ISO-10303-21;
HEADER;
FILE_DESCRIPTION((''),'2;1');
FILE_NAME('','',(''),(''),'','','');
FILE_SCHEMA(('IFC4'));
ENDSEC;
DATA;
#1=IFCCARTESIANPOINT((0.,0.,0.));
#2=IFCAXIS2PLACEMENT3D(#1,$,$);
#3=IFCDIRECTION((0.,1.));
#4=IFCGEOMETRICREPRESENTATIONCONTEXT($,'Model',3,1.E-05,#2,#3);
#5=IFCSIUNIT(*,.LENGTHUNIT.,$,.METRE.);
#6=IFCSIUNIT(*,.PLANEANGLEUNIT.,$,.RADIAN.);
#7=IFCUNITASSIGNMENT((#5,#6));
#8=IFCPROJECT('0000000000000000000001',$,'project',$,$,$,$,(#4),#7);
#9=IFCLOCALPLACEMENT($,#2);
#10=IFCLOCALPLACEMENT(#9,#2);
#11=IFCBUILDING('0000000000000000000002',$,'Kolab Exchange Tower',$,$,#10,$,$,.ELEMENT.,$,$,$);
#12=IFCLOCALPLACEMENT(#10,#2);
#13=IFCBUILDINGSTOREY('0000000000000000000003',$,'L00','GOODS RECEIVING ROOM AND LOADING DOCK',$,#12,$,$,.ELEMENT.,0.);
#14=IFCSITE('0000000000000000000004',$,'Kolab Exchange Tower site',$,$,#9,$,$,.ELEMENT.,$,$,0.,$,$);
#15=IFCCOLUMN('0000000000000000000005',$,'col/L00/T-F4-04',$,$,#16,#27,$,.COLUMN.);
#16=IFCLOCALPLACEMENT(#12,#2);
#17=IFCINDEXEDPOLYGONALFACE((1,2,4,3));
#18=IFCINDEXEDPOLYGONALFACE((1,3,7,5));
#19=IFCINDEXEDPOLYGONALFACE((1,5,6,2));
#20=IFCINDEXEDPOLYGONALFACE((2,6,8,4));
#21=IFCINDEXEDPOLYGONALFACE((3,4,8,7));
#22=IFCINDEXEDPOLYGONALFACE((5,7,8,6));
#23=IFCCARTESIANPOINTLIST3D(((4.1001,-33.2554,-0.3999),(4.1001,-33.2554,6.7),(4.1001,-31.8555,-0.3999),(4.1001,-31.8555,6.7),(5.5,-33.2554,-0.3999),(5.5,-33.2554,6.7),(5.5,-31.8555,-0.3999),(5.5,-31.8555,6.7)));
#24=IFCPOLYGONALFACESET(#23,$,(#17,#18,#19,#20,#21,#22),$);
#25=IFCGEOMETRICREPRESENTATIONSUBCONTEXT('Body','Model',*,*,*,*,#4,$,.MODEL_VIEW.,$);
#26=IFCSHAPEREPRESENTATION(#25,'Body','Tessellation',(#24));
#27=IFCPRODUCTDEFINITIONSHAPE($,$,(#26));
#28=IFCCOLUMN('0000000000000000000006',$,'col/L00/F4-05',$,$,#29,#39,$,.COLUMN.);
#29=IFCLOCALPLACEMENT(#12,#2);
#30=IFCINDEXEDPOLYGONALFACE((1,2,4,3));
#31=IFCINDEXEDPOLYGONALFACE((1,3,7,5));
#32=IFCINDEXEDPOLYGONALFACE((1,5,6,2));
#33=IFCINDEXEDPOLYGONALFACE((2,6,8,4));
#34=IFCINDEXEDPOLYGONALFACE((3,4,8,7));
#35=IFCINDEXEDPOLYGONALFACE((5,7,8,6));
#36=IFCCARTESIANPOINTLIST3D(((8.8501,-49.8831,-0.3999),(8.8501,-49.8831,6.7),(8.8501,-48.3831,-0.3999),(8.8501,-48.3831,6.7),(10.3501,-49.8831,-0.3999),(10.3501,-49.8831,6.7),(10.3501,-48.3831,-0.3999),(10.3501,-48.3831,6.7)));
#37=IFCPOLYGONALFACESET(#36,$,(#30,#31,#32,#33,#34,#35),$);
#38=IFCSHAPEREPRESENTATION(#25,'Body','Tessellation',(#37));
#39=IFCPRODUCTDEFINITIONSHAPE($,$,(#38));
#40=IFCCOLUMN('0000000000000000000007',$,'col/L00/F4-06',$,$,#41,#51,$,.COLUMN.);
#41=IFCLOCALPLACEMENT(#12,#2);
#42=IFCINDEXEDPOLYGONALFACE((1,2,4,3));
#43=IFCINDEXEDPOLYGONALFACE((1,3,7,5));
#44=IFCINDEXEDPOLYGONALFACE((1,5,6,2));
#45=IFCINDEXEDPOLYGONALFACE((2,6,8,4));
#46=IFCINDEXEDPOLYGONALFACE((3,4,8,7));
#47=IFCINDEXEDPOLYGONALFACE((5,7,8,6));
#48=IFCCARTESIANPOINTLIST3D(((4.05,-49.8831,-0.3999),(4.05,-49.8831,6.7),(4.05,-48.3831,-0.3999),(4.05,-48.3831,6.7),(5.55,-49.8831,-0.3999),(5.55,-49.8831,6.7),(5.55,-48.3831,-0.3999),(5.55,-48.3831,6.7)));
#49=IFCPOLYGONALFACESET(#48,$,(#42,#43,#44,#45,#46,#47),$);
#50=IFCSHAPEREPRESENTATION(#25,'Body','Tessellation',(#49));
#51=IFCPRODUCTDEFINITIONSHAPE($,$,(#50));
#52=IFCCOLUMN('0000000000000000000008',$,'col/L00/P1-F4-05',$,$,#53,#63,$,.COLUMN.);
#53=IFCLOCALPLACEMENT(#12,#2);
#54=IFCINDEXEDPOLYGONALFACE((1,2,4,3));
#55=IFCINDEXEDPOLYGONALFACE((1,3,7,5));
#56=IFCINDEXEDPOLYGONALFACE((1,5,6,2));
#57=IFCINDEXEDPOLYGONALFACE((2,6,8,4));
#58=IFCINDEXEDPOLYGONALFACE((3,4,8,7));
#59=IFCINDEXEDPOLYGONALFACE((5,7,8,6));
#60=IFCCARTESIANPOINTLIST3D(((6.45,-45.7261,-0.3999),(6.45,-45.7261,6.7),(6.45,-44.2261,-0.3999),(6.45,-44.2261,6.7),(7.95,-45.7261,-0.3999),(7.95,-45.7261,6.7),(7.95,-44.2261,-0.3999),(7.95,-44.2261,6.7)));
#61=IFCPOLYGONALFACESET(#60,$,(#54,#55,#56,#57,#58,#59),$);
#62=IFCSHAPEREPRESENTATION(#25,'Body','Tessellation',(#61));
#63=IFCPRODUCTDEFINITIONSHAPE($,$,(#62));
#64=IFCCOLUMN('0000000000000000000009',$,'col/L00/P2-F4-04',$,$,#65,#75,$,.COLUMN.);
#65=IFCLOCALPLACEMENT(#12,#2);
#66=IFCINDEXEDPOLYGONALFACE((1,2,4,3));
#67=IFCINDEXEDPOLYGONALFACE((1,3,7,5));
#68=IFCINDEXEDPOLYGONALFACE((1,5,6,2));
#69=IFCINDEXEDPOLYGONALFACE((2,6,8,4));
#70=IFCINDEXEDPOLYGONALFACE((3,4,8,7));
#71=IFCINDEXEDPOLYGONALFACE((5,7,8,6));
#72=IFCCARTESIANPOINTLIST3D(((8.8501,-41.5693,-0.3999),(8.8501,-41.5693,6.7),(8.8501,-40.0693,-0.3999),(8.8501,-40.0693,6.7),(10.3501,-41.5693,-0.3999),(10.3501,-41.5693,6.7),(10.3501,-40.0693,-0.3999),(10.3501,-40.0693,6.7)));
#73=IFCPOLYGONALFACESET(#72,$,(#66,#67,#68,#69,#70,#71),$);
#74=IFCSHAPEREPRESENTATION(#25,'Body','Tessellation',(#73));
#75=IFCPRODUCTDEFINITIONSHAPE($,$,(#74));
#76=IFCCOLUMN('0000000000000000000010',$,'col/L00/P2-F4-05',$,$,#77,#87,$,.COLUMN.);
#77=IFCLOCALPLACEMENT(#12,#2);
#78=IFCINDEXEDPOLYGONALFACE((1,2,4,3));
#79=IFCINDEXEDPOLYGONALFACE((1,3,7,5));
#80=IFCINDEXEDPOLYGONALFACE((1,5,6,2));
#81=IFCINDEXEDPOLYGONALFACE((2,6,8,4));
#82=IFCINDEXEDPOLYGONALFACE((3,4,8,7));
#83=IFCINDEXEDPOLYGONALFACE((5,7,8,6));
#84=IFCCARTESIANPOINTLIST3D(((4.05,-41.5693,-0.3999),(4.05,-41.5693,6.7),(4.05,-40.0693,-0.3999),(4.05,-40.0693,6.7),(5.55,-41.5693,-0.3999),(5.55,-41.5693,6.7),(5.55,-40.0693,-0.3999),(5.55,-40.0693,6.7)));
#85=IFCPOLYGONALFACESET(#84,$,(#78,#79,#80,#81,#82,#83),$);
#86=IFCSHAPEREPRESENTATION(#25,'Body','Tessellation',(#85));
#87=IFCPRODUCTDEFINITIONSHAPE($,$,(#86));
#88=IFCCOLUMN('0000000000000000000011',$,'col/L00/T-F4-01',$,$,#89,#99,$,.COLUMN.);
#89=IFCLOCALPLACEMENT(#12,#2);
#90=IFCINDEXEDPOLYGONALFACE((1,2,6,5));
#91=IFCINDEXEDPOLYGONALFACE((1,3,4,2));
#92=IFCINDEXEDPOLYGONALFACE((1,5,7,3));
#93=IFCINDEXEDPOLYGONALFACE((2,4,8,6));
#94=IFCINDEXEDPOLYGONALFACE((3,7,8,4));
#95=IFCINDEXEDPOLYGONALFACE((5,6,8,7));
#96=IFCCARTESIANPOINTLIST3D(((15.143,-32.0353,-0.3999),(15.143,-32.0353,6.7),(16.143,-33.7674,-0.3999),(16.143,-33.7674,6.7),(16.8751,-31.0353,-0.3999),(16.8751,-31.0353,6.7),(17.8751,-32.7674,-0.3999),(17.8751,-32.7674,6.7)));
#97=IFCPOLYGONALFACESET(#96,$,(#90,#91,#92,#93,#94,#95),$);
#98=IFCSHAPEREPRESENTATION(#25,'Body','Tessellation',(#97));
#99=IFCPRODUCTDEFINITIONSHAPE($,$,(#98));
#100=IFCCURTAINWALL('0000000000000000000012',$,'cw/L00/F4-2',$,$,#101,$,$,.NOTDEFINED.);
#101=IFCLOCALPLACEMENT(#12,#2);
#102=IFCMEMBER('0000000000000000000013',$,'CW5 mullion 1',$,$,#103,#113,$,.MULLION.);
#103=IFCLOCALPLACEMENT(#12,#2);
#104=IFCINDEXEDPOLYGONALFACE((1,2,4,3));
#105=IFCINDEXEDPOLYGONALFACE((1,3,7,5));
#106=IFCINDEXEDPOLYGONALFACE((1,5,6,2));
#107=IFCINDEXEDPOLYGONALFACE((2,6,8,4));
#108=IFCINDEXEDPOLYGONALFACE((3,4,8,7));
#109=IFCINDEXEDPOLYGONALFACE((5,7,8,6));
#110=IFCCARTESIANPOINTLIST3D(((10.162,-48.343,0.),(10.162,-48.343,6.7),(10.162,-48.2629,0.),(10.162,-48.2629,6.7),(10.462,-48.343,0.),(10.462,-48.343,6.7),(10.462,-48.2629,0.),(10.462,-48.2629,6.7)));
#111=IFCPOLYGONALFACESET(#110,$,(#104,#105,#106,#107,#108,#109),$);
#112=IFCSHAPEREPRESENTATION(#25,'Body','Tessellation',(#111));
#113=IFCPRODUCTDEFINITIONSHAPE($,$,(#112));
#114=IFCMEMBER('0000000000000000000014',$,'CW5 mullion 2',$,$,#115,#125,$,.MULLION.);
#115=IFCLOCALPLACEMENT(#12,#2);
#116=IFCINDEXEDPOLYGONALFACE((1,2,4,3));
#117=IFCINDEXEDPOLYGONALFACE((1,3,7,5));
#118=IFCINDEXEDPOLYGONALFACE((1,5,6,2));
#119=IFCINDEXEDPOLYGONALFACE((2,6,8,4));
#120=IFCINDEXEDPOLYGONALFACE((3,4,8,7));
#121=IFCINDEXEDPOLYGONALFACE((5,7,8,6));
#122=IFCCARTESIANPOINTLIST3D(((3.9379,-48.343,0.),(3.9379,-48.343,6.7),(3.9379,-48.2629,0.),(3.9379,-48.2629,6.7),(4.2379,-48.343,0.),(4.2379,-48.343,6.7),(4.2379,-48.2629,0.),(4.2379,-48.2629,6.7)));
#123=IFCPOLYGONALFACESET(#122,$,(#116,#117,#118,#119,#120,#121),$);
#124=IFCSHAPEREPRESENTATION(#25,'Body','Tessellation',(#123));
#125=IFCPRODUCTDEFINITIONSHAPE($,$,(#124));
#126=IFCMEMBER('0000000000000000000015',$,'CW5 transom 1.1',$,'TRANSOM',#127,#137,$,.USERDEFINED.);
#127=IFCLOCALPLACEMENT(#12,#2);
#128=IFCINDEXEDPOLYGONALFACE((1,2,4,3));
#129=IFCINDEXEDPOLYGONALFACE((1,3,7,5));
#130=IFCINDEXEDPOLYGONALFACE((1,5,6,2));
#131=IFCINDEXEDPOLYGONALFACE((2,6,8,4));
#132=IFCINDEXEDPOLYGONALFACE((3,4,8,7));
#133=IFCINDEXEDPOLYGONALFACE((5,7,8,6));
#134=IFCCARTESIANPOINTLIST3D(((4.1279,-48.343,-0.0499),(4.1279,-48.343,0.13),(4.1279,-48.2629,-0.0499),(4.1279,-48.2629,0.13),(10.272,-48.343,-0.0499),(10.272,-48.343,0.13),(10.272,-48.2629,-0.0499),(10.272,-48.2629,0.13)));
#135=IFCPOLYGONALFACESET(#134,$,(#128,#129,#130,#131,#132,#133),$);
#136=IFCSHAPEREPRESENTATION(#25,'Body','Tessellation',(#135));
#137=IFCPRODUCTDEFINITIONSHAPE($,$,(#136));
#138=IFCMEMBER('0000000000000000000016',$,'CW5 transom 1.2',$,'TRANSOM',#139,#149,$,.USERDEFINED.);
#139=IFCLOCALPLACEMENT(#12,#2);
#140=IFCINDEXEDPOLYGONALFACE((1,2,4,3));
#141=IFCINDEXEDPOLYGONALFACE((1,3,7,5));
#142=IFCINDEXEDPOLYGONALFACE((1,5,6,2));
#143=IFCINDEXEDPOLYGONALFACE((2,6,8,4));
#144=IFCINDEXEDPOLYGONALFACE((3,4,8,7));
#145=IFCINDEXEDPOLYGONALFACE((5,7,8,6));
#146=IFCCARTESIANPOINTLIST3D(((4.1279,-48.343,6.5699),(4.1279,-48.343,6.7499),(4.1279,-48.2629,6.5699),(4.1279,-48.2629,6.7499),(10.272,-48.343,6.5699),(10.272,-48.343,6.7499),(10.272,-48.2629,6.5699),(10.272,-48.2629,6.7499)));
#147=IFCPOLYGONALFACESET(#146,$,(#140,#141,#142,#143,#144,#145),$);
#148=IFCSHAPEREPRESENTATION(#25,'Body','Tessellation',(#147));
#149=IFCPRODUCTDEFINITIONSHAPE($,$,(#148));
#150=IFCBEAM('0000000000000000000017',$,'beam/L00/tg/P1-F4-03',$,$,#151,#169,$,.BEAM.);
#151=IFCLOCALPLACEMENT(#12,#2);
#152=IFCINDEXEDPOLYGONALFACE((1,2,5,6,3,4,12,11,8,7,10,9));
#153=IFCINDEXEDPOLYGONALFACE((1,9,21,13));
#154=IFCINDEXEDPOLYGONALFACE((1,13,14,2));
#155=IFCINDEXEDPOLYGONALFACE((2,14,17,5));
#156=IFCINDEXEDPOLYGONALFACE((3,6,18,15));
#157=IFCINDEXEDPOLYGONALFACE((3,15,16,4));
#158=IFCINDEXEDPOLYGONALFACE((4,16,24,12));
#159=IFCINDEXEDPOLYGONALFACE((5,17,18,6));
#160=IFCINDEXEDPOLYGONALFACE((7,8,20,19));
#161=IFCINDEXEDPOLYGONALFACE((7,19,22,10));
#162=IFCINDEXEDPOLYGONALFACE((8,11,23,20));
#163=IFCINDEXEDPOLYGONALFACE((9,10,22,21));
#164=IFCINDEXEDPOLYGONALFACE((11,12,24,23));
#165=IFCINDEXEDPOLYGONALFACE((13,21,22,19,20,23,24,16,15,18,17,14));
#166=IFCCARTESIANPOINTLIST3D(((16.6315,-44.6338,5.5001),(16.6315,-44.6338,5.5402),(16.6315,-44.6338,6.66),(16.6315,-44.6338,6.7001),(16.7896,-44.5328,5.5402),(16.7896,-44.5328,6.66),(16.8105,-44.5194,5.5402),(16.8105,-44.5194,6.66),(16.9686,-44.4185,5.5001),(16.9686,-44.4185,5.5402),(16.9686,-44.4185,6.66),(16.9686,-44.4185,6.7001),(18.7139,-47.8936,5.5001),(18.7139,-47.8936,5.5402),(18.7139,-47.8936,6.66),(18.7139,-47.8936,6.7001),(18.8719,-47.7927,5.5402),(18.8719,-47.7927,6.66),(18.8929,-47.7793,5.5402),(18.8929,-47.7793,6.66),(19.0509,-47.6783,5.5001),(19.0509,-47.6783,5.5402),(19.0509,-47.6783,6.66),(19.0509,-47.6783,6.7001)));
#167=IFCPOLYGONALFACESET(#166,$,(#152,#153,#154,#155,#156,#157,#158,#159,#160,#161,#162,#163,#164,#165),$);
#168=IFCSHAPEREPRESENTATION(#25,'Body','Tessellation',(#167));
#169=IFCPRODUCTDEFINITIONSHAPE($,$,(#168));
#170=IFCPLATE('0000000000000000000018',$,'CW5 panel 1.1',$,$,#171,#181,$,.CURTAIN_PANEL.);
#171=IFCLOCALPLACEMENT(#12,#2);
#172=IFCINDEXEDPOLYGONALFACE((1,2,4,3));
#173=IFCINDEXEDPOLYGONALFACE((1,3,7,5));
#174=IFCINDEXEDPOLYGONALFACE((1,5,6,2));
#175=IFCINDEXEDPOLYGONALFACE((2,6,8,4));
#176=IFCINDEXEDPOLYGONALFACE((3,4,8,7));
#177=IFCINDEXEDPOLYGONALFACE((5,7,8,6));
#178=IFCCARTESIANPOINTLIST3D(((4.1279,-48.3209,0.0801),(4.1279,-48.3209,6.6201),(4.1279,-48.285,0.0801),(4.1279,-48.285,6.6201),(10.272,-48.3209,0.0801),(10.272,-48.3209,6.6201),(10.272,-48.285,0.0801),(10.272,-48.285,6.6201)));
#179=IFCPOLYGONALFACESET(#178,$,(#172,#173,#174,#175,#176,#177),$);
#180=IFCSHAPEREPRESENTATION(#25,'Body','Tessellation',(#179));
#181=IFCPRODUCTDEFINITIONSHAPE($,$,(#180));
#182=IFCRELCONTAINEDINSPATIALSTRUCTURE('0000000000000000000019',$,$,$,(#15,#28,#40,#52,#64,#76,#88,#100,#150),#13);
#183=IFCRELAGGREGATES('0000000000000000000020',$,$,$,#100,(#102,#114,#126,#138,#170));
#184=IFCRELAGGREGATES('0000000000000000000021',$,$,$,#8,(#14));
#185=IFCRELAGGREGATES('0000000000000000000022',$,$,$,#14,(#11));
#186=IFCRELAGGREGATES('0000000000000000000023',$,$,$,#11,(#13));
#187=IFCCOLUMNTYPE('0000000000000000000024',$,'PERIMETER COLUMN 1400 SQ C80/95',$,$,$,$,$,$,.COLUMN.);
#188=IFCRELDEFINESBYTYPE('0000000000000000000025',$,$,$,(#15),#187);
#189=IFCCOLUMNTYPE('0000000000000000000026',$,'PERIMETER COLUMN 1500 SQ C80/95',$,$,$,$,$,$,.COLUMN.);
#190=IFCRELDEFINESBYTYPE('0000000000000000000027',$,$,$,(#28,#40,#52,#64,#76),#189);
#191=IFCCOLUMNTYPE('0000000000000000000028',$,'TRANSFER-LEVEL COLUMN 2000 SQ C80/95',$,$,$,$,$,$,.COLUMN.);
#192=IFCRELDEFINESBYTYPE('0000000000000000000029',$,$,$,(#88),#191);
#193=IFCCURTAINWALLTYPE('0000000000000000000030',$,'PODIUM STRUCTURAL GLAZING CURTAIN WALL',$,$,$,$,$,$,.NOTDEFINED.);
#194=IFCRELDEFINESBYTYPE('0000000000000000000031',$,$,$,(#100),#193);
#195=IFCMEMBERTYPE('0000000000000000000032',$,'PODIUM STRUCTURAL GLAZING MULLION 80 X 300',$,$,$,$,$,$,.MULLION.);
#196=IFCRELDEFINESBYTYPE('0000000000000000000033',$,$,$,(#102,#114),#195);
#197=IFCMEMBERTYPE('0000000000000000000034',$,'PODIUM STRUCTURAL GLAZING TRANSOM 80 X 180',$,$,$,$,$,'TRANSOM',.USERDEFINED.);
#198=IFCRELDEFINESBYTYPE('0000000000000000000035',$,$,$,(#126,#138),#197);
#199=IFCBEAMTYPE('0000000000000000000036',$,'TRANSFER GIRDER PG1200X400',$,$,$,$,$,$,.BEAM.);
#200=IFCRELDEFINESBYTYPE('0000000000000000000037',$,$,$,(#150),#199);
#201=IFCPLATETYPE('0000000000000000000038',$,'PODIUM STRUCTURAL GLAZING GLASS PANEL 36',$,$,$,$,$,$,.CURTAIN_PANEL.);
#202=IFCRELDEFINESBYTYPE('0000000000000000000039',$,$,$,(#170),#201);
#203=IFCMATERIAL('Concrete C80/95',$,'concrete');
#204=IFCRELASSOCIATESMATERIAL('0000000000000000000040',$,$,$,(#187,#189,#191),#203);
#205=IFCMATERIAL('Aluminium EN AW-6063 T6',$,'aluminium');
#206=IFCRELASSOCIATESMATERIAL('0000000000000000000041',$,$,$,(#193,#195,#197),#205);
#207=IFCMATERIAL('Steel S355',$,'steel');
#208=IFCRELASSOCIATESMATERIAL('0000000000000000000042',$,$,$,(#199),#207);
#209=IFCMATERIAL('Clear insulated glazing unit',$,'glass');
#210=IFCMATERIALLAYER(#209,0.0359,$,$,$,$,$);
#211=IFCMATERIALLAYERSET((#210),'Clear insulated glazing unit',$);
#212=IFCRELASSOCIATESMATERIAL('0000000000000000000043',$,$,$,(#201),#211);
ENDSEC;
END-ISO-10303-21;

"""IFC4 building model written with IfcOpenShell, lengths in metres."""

from ifc_helpers import new_model, si_unit, direction, frame, origin, origin_2d, place, context, subcontext, project, spatial, rectangle, i_section, extrude, material, layer, layer_set, material_profile, profile_set, type_object, element, aggregate, save


model = new_model("IFC4")

# Units and contexts
model_context = context("Model", 3, precision=1e-05, world=origin(), true_north=direction((0.0, 1.0)))
body_context = subcontext(model_context, "Body", "Model", "MODEL_VIEW")
ifc_project = project(units=[si_unit("LENGTHUNIT", "METRE"), si_unit("PLANEANGLEUNIT", "RADIAN")], contexts=[model_context])

# Site, building, storey
site_placement = place(None, origin())
site = spatial("IfcSite", under=ifc_project, at=site_placement, Name="Kolab Exchange Tower site", CompositionType="ELEMENT", RefElevation=0.0)
building_placement = place(site_placement, origin())
building = spatial("IfcBuilding", under=site, at=building_placement, Name="Kolab Exchange Tower", CompositionType="ELEMENT")
storey_placement = place(building_placement, origin())
storey = spatial("IfcBuildingStorey", under=building, at=storey_placement, Name="L00", Description="GOODS RECEIVING ROOM AND LOADING DOCK", CompositionType="ELEMENT", Elevation=0.0)

# Columns
ifc_material_1 = material(Name="Concrete C80/95", Category="concrete")
ifc_material_profile_1 = material_profile(ifc_material_1, rectangle(XDim=1.3999, YDim=1.3999, at=origin_2d()), Name="RC1400")
ifc_profile_set_1 = profile_set([ifc_material_profile_1], Name="Concrete C80/95")
column_type_1 = type_object("IfcColumnType", Name="PERIMETER COLUMN 1400 SQ C80/95", PredefinedType="COLUMN", material=ifc_profile_set_1)
for number, where, z_axis, x_axis, name in (
    (1, (4.8, -32.5554, -0.3999), (0.0, 0.0, 1.0), (1.0, 0.0, 0.0), "col/L00/T-F4-04"),
):
    element("IfcColumn", number, at=place(storey_placement, frame(where, z_axis=z_axis, x_axis=x_axis)), inside=storey, type_object=column_type_1, Name=name, PredefinedType="COLUMN", context=body_context, shape_type="SweptSolid", body=[
        extrude(rectangle(XDim=1.3999, YDim=1.3999, at=origin_2d()), origin(), (0.0, 0.0, 1.0), 7.0999),
    ])
ifc_material_profile_2 = material_profile(ifc_material_1, rectangle(XDim=1.5, YDim=1.5, at=origin_2d()), Name="RC1500")
ifc_profile_set_2 = profile_set([ifc_material_profile_2], Name="Concrete C80/95")
column_type_2 = type_object("IfcColumnType", Name="PERIMETER COLUMN 1500 SQ C80/95", PredefinedType="COLUMN", material=ifc_profile_set_2)
for number, where, z_axis, x_axis, name in (
    (2, (9.6001, -49.1331, -0.3999), (0.0, 0.0, 1.0), (1.0, 0.0, 0.0), "col/L00/F4-05"),
    (3, (4.8, -49.1331, -0.3999), (0.0, 0.0, 1.0), (1.0, 0.0, 0.0), "col/L00/F4-06"),
    (4, (7.2, -44.9761, -0.3999), (0.0, 0.0, 1.0), (1.0, 0.0, 0.0), "col/L00/P1-F4-05"),
    (5, (9.6001, -40.8193, -0.3999), (0.0, 0.0, 1.0), (1.0, 0.0, 0.0), "col/L00/P2-F4-04"),
    (6, (4.8, -40.8193, -0.3999), (0.0, 0.0, 1.0), (1.0, 0.0, 0.0), "col/L00/P2-F4-05"),
):
    element("IfcColumn", number, at=place(storey_placement, frame(where, z_axis=z_axis, x_axis=x_axis)), inside=storey, type_object=column_type_2, Name=name, PredefinedType="COLUMN", context=body_context, shape_type="SweptSolid", body=[
        extrude(rectangle(XDim=1.5, YDim=1.5, at=origin_2d()), origin(), (0.0, 0.0, 1.0), 7.0999),
    ])
ifc_material_profile_3 = material_profile(ifc_material_1, rectangle(XDim=2.0, YDim=2.0, at=origin_2d()), Name="RC2000")
ifc_profile_set_3 = profile_set([ifc_material_profile_3], Name="Concrete C80/95")
column_type_3 = type_object("IfcColumnType", Name="TRANSFER-LEVEL COLUMN 2000 SQ C80/95", PredefinedType="COLUMN", material=ifc_profile_set_3)
column_placement = place(storey_placement, frame((16.509, -32.4014, -0.3999), z_axis=(0.0, 0.0, 1.0), x_axis=(0.866025, 0.5, 0.0)))
element("IfcColumn", 7, at=column_placement, inside=storey, type_object=column_type_3, Name="col/L00/T-F4-01", PredefinedType="COLUMN", context=body_context, shape_type="SweptSolid", body=[
    extrude(rectangle(XDim=2.0, YDim=2.0, at=origin_2d()), origin(), (0.0, 0.0, 1.0), 7.0999),
])

# Curtain wall, members
ifc_material_2 = material(Name="Aluminium EN AW-6063 T6", Category="aluminium")
curtain_wall_type = type_object("IfcCurtainWallType", Name="PODIUM STRUCTURAL GLAZING CURTAIN WALL", PredefinedType="NOTDEFINED", material=ifc_material_2)
curtain_wall_placement = place(storey_placement, origin())
curtain_wall = element("IfcCurtainWall", 8, at=curtain_wall_placement, inside=storey, type_object=curtain_wall_type, Name="cw/L00/F4-2", PredefinedType="NOTDEFINED")
ifc_material_profile_4 = material_profile(ifc_material_2, rectangle(XDim=0.0801, YDim=0.3, at=origin_2d()), Name="RECT 80X300")
ifc_profile_set_4 = profile_set([ifc_material_profile_4], Name="Aluminium EN AW-6063 T6")
member_type_1 = type_object("IfcMemberType", Name="PODIUM STRUCTURAL GLAZING MULLION 80 X 300", PredefinedType="MULLION", material=ifc_profile_set_4)
member_1_placement = place(storey_placement, frame((10.312, -48.303, 0.0), z_axis=(0.0, 0.0, 1.0), x_axis=(0.0, -1.0, 0.0)))
member_1 = element("IfcMember", 9, at=member_1_placement, type_object=member_type_1, Name="CW5 mullion 1", PredefinedType="MULLION", context=body_context, shape_type="SweptSolid", body=[
    extrude(rectangle(XDim=0.0801, YDim=0.3, at=origin_2d()), origin(), (0.0, 0.0, 1.0), 6.7),
])
member_2_placement = place(storey_placement, frame((4.0879, -48.303, 0.0), z_axis=(0.0, 0.0, 1.0), x_axis=(0.0, -1.0, 0.0)))
member_2 = element("IfcMember", 10, at=member_2_placement, type_object=member_type_1, Name="CW5 mullion 2", PredefinedType="MULLION", context=body_context, shape_type="SweptSolid", body=[
    extrude(rectangle(XDim=0.0801, YDim=0.3, at=origin_2d()), origin(), (0.0, 0.0, 1.0), 6.7),
])
ifc_material_profile_5 = material_profile(ifc_material_2, rectangle(XDim=0.0801, YDim=0.1799, at=origin_2d()), Name="RECT 80X180")
ifc_profile_set_5 = profile_set([ifc_material_profile_5], Name="Aluminium EN AW-6063 T6")
member_type_2 = type_object("IfcMemberType", Name="PODIUM STRUCTURAL GLAZING TRANSOM 80 X 180", ElementType="TRANSOM", PredefinedType="USERDEFINED", material=ifc_profile_set_5)
member_3_placement = place(storey_placement, frame((10.272, -48.303, 0.04), z_axis=(-1.0, 0.0, 0.0), x_axis=(0.0, -1.0, 0.0)))
member_3 = element("IfcMember", 11, at=member_3_placement, type_object=member_type_2, Name="CW5 transom 1.1", ObjectType="TRANSOM", PredefinedType="USERDEFINED", context=body_context, shape_type="SweptSolid", body=[
    extrude(rectangle(XDim=0.0801, YDim=0.1799, at=origin_2d()), origin(), (0.0, 0.0, 1.0), 6.144),
])
member_4_placement = place(storey_placement, frame((10.272, -48.303, 6.6599), z_axis=(-1.0, 0.0, 0.0), x_axis=(0.0, -1.0, 0.0)))
member_4 = element("IfcMember", 12, at=member_4_placement, type_object=member_type_2, Name="CW5 transom 1.2", ObjectType="TRANSOM", PredefinedType="USERDEFINED", context=body_context, shape_type="SweptSolid", body=[
    extrude(rectangle(XDim=0.0801, YDim=0.1799, at=origin_2d()), origin(), (0.0, 0.0, 1.0), 6.144),
])

# Beam
ifc_material_3 = material(Name="Steel S355", Category="steel")
ifc_material_profile_6 = material_profile(ifc_material_3, i_section(OverallWidth=0.3999, OverallDepth=1.2, WebThickness=0.0249, FlangeThickness=0.04, at=origin_2d()), Name="PG1200X400")
ifc_profile_set_6 = profile_set([ifc_material_profile_6], Name="Steel S355")
beam_type = type_object("IfcBeamType", Name="TRANSFER GIRDER PG1200X400", PredefinedType="BEAM", material=ifc_profile_set_6)
beam_placement = place(storey_placement, frame((16.8, -44.5261, 6.1001), z_axis=(0.538325, -0.842738, 0.0), x_axis=(0.842738, 0.538325, 0.0)))
element("IfcBeam", 13, at=beam_placement, inside=storey, type_object=beam_type, Name="beam/L00/tg/P1-F4-03", PredefinedType="BEAM", context=body_context, shape_type="SweptSolid", body=[
    extrude(i_section(OverallWidth=0.3999, OverallDepth=1.2, WebThickness=0.0249, FlangeThickness=0.04, at=origin_2d()), origin(), (0.0, 0.0, 1.0), 3.8682),
])

# Plate
ifc_material_4 = material(Name="Clear insulated glazing unit", Category="glass")
ifc_layer_1 = layer(ifc_material_4, 0.0359)
ifc_layer_set_1 = layer_set([ifc_layer_1], Name="Clear insulated glazing unit")
plate_type = type_object("IfcPlateType", Name="PODIUM STRUCTURAL GLAZING GLASS PANEL 36", PredefinedType="CURTAIN_PANEL", material=ifc_layer_set_1)
plate_placement = place(storey_placement, frame((7.2, -48.303, 0.0801), z_axis=(0.0, 0.0, 1.0), x_axis=(-1.0, 0.0, 0.0)))
plate = element("IfcPlate", 14, at=plate_placement, type_object=plate_type, Name="CW5 panel 1.1", PredefinedType="CURTAIN_PANEL", context=body_context, shape_type="SweptSolid", body=[
    extrude(rectangle(XDim=6.144, YDim=0.0359, at=origin_2d()), origin(), (0.0, 0.0, 1.0), 6.54),
])
aggregate(curtain_wall, [member_1, member_2, member_3, member_4, plate])

save(model, "model.ifc")
